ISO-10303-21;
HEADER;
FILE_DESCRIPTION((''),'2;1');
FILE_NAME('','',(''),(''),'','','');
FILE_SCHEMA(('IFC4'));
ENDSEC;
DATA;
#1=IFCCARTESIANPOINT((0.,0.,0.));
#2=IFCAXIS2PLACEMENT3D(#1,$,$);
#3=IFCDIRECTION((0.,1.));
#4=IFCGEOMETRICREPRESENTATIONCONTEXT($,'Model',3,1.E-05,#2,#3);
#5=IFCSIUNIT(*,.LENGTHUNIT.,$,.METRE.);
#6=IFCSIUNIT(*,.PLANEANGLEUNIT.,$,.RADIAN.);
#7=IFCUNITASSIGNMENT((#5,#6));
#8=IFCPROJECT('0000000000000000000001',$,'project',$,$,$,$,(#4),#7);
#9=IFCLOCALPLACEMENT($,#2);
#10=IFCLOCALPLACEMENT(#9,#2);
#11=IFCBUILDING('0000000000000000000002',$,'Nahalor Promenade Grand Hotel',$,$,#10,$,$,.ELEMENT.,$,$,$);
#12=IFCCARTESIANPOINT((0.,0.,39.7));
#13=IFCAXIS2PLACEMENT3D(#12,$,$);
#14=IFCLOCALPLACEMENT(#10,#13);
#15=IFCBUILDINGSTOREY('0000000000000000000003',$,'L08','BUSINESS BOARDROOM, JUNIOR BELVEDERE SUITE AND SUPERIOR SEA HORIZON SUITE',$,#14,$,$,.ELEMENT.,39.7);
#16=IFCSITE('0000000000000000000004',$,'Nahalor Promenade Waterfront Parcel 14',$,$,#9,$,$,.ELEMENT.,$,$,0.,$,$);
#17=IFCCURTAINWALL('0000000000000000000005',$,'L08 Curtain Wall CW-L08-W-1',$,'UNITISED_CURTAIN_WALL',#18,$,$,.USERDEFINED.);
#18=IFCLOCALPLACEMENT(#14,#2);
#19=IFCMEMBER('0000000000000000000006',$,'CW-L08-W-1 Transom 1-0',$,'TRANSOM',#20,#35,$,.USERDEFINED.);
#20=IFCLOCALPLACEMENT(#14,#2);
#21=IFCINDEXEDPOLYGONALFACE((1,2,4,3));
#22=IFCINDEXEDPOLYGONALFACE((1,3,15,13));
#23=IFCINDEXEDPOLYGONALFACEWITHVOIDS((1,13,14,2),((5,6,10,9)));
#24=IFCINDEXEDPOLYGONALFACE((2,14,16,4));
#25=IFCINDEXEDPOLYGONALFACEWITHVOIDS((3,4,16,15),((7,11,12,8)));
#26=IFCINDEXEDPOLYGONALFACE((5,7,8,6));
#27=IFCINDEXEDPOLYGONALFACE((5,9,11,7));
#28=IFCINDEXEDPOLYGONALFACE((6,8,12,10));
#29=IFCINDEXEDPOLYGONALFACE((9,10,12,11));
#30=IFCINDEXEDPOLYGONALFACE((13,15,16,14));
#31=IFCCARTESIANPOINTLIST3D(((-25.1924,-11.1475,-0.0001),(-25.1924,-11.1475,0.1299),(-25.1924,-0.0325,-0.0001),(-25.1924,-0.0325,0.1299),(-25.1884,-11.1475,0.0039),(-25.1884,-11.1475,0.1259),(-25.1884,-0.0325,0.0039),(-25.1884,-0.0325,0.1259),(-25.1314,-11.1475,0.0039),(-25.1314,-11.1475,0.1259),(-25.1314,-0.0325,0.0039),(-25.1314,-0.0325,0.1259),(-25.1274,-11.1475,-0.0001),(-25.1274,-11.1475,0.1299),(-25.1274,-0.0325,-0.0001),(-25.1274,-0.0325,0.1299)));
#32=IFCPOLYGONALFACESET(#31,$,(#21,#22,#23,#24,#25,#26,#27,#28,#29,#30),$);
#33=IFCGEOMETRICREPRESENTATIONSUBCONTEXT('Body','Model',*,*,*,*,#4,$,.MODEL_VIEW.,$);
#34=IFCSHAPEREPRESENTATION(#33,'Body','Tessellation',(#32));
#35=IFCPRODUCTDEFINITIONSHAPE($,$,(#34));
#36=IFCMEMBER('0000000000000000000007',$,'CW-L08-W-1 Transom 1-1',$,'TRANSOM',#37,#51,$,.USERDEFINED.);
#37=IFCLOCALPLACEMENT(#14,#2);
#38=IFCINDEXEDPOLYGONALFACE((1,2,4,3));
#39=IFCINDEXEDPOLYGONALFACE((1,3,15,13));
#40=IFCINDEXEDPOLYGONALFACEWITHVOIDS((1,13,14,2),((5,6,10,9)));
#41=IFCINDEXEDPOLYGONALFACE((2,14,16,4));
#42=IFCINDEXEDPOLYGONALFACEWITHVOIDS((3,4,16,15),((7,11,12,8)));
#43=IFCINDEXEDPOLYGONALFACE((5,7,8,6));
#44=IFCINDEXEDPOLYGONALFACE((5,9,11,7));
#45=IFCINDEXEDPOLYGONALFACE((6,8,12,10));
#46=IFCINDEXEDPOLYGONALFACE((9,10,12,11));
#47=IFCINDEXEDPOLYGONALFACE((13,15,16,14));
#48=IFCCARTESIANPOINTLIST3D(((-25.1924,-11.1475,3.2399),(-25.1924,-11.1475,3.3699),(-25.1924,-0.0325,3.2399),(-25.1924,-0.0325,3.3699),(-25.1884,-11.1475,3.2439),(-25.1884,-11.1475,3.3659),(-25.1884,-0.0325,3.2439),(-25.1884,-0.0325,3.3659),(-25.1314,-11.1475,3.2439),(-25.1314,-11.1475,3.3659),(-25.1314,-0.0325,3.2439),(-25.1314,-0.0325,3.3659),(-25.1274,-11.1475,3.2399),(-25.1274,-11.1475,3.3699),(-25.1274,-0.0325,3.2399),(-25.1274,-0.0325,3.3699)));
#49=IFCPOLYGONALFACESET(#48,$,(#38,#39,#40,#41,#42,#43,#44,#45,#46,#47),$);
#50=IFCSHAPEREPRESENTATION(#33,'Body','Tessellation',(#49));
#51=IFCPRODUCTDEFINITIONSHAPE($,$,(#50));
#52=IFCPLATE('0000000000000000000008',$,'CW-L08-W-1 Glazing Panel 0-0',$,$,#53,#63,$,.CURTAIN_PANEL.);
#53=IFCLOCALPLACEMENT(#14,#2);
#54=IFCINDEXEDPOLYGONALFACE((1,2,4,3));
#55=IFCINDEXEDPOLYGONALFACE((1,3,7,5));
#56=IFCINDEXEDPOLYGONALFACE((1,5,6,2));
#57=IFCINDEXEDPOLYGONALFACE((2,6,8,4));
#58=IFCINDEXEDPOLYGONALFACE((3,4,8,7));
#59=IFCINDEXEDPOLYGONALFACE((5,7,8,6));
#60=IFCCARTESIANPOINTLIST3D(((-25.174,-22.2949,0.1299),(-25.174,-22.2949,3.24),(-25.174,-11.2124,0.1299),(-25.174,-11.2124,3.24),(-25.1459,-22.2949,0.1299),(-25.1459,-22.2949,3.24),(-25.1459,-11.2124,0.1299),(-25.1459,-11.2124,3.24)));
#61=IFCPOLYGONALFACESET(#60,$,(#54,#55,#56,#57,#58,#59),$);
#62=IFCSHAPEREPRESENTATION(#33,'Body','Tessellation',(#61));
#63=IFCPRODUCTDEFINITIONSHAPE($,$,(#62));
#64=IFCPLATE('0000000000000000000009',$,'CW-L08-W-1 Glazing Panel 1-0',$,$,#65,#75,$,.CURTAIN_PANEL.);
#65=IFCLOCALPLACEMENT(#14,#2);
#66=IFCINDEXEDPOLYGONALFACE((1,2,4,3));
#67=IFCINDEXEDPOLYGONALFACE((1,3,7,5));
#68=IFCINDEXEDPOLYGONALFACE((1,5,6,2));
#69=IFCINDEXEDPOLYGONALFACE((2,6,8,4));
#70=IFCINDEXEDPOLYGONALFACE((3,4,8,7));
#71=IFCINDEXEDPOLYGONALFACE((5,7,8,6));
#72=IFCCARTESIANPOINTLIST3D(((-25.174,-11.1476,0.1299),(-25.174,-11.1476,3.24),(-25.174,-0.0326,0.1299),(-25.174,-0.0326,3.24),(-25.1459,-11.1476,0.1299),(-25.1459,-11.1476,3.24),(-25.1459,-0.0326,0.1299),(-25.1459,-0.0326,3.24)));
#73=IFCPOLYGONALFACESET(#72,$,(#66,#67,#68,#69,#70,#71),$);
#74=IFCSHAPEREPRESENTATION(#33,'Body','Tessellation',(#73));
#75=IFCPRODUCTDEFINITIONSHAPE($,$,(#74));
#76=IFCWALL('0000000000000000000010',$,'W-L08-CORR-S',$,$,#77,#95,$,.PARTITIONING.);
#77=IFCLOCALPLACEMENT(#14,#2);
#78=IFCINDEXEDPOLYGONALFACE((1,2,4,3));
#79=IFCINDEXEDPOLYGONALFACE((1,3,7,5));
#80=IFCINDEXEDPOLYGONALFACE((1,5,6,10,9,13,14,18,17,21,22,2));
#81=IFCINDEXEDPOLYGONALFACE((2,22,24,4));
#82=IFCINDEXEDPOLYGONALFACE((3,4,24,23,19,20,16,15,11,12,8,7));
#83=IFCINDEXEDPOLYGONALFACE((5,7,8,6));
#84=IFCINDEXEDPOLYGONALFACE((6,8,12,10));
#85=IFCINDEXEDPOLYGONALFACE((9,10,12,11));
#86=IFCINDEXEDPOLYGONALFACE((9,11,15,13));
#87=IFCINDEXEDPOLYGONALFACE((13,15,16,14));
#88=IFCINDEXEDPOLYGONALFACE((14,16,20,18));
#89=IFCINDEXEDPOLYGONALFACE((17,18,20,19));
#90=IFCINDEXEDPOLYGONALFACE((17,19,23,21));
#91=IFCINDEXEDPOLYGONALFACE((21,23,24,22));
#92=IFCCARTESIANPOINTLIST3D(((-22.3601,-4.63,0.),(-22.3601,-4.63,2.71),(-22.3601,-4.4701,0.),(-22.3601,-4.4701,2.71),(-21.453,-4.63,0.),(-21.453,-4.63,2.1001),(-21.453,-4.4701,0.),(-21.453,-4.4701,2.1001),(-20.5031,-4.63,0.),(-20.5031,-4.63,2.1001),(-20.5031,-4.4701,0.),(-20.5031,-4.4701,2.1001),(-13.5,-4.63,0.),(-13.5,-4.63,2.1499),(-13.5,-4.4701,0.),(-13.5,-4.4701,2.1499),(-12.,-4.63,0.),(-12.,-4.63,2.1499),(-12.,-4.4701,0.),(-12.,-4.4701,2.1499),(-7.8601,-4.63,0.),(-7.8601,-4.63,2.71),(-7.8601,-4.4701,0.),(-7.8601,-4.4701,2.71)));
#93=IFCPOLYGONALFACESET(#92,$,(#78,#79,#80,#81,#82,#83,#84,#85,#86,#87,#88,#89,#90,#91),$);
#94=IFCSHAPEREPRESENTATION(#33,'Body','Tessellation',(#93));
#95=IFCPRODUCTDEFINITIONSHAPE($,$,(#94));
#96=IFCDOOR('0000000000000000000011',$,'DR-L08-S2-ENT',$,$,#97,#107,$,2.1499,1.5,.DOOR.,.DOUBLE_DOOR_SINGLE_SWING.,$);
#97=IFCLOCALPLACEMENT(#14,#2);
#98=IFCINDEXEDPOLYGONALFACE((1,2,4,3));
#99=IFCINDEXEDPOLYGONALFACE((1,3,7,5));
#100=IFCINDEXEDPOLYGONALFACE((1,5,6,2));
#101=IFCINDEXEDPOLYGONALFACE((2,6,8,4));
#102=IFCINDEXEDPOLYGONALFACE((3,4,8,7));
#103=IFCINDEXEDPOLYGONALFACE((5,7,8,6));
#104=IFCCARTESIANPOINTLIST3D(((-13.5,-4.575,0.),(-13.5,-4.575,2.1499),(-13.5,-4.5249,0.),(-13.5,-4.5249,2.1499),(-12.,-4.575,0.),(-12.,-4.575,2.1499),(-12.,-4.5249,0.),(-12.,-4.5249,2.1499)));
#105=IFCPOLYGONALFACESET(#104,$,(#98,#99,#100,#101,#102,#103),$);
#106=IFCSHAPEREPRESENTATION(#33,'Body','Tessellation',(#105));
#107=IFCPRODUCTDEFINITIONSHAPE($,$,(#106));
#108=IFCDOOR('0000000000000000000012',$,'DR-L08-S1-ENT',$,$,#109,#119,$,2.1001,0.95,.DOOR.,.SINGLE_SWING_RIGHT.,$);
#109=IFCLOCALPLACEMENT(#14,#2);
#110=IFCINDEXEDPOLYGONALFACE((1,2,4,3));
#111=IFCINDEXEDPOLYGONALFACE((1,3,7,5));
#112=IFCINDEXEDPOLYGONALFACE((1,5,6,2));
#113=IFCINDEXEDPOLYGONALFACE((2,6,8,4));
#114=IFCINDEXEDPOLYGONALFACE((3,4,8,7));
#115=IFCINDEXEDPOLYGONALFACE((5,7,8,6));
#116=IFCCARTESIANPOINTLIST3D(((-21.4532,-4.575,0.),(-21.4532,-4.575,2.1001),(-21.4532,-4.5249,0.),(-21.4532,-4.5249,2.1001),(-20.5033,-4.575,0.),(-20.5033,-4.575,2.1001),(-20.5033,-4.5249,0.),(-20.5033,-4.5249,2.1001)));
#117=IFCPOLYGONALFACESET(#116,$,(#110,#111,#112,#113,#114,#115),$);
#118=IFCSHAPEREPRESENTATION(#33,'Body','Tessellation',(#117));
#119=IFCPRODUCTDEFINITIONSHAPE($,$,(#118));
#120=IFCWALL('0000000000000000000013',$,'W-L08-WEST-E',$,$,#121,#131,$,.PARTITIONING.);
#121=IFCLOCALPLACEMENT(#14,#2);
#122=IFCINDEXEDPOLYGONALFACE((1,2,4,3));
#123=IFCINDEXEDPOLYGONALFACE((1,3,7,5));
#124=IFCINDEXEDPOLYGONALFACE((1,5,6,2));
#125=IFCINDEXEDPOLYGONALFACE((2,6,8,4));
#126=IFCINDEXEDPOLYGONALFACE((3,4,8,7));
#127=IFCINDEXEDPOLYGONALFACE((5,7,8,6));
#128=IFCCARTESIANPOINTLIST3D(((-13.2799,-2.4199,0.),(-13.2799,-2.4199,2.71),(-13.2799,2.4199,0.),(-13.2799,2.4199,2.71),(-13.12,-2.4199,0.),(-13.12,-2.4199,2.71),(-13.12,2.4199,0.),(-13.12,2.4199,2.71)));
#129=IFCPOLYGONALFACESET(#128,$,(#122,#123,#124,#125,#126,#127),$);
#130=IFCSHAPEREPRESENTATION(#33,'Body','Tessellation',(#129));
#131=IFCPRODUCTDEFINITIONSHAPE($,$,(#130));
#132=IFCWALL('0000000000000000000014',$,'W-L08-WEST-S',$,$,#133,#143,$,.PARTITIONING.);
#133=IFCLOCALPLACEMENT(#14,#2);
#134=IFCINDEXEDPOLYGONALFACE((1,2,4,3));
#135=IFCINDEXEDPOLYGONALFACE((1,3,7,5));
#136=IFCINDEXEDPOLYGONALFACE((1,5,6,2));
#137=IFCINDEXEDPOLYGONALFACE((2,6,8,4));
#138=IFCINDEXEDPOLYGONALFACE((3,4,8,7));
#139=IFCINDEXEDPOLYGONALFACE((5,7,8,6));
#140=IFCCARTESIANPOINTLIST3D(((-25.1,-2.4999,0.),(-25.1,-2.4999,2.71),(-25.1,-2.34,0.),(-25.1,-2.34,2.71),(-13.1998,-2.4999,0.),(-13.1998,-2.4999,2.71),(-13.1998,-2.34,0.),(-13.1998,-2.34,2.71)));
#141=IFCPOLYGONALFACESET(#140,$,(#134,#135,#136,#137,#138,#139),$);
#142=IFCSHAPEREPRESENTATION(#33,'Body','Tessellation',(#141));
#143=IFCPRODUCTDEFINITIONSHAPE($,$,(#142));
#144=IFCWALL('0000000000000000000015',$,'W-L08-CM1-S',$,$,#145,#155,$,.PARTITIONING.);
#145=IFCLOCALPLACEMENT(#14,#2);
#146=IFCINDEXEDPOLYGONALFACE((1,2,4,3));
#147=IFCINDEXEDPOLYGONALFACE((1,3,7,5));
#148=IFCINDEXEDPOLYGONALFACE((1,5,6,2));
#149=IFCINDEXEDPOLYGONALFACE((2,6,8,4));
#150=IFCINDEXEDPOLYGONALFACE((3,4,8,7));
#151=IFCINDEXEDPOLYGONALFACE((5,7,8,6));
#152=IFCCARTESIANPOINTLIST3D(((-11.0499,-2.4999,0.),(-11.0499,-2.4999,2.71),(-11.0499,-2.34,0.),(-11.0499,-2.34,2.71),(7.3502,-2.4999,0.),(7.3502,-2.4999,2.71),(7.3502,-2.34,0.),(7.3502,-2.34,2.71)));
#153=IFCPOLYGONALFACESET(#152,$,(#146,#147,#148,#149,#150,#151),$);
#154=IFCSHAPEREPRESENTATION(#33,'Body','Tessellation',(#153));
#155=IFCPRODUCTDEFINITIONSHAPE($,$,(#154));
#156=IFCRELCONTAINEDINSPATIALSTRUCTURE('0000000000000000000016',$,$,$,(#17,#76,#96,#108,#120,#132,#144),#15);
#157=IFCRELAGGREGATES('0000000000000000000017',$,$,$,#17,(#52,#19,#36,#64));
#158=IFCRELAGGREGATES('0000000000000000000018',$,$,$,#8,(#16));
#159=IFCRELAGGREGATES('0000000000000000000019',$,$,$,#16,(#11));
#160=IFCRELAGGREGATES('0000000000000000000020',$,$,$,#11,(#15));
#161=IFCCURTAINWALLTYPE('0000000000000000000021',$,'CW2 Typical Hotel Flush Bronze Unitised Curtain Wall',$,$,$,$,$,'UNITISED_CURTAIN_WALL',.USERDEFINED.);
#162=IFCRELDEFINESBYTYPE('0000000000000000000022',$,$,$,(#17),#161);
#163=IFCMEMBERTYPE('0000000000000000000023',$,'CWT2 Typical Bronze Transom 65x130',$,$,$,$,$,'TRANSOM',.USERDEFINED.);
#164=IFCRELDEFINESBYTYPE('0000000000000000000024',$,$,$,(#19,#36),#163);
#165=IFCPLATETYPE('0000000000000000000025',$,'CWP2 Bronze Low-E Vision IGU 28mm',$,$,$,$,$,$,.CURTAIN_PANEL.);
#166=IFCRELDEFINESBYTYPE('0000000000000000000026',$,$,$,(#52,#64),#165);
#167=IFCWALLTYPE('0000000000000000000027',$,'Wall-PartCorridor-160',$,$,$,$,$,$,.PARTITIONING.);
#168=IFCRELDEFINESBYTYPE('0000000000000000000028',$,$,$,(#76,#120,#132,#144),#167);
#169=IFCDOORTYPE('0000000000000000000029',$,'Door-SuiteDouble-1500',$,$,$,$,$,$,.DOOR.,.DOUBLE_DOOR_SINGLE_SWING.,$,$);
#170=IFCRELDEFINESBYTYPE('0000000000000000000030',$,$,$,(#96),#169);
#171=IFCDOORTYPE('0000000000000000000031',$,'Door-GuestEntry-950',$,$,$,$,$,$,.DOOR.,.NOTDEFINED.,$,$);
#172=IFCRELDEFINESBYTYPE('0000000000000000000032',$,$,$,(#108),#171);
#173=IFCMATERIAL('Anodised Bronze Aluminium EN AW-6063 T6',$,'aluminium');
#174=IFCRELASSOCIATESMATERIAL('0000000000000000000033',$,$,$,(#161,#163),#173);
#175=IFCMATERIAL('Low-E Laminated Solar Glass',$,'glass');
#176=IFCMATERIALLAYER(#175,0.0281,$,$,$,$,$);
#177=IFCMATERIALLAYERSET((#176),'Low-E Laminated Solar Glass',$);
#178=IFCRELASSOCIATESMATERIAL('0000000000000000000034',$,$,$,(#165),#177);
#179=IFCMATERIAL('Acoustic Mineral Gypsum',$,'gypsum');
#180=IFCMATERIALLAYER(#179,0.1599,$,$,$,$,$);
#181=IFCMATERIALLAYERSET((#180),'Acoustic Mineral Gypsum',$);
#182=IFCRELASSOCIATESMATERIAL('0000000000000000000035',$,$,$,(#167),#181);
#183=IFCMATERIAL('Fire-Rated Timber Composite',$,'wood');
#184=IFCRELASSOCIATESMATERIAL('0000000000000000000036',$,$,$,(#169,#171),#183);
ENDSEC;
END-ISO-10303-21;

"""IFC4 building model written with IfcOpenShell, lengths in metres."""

from ifc_helpers import new_model, si_unit, direction, frame, frame_2d, origin, origin_2d, place, context, subcontext, project, spatial, rectangle, hollow_rectangle, extrude, source, transform, mapped, material, layer, layer_set, material_profile, profile_set, type_object, element, fill, aggregate, save


model = new_model("IFC4")

# Units and contexts
model_context = context("Model", 3, precision=1e-05, world=origin(), true_north=direction((0.0, 1.0)))
body_context = subcontext(model_context, "Body", "Model", "MODEL_VIEW")
ifc_project = project(units=[si_unit("LENGTHUNIT", "METRE"), si_unit("PLANEANGLEUNIT", "RADIAN")], contexts=[model_context])

# Site, building, storey
site_placement = place(None, origin())
site = spatial("IfcSite", under=ifc_project, at=site_placement, Name="Nahalor Promenade Waterfront Parcel 14", CompositionType="ELEMENT", RefElevation=0.0)
building_placement = place(site_placement, origin())
building = spatial("IfcBuilding", under=site, at=building_placement, Name="Nahalor Promenade Grand Hotel", CompositionType="ELEMENT")
storey_placement = place(building_placement, frame((0.0, 0.0, 39.7)))
storey = spatial("IfcBuildingStorey", under=building, at=storey_placement, Name="L08", Description="BUSINESS BOARDROOM, JUNIOR BELVEDERE SUITE AND SUPERIOR SEA HORIZON SUITE", CompositionType="ELEMENT", Elevation=39.7)

# Curtain wall, members, plates
ifc_material_1 = material(Name="Anodised Bronze Aluminium EN AW-6063 T6", Category="aluminium")
curtain_wall_type = type_object("IfcCurtainWallType", Name="CW2 Typical Hotel Flush Bronze Unitised Curtain Wall", ElementType="UNITISED_CURTAIN_WALL", PredefinedType="USERDEFINED", material=ifc_material_1)
curtain_wall_placement = place(storey_placement, origin())
curtain_wall = element("IfcCurtainWall", 1, at=curtain_wall_placement, inside=storey, type_object=curtain_wall_type, Name="L08 Curtain Wall CW-L08-W-1", ObjectType="UNITISED_CURTAIN_WALL", PredefinedType="USERDEFINED")
ifc_material_profile_1 = material_profile(ifc_material_1, hollow_rectangle(XDim=0.065, YDim=0.13, WallThickness=0.004, at=origin_2d()), Name="CWT 65x130x4")
ifc_profile_set_1 = profile_set([ifc_material_profile_1], Name="Anodised Bronze Aluminium EN AW-6063 T6")
member_type_1 = type_object("IfcMemberType", Name="CWT2 Typical Bronze Transom 65x130", ElementType="TRANSOM", PredefinedType="USERDEFINED", material=ifc_profile_set_1)
shared_shape_1 = source(origin(), body_context, "Body", "SweptSolid", [
    extrude(hollow_rectangle(XDim=0.065, YDim=0.13, WallThickness=0.004, at=origin_2d()), origin(), (0.0, 0.0, 1.0), 11.115),
])
member_1_placement = place(storey_placement, frame((-25.1599, -11.1475, 0.0649), z_axis=(0.0, 1.0, 0.0), x_axis=(-1.0, 0.0, 0.0)))
member_1 = element("IfcMember", 2, at=member_1_placement, type_object=member_type_1, Name="CW-L08-W-1 Transom 1-0", ObjectType="TRANSOM", PredefinedType="USERDEFINED", context=body_context, shape_type="MappedRepresentation", body=[
    mapped(shared_shape_1, transform((0.0, 0.0, 0.0), scale=1.0)),
])
member_2_placement = place(storey_placement, frame((-25.1599, -11.1475, 3.3049), z_axis=(0.0, 1.0, 0.0), x_axis=(-1.0, 0.0, 0.0)))
member_2 = element("IfcMember", 3, at=member_2_placement, type_object=member_type_1, Name="CW-L08-W-1 Transom 1-1", ObjectType="TRANSOM", PredefinedType="USERDEFINED", context=body_context, shape_type="MappedRepresentation", body=[
    mapped(shared_shape_1, transform((0.0, 0.0, 0.0), scale=1.0)),
])
ifc_material_2 = material(Name="Low-E Laminated Solar Glass", Category="glass")
ifc_layer_1 = layer(ifc_material_2, 0.0281)
ifc_layer_set_1 = layer_set([ifc_layer_1], Name="Low-E Laminated Solar Glass")
plate_type = type_object("IfcPlateType", Name="CWP2 Bronze Low-E Vision IGU 28mm", PredefinedType="CURTAIN_PANEL", material=ifc_layer_set_1)
shared_shape_2 = source(origin(), body_context, "Body", "SweptSolid", [
    extrude(rectangle(XDim=11.0825, YDim=0.0281, at=origin_2d()), origin(), (0.0, 0.0, 1.0), 3.1101),
])
plate_1_placement = place(storey_placement, frame((-25.1599, -16.7537, 0.1299), z_axis=(0.0, 0.0, 1.0), x_axis=(0.0, 1.0, 0.0)))
plate_1 = element("IfcPlate", 4, at=plate_1_placement, type_object=plate_type, Name="CW-L08-W-1 Glazing Panel 0-0", PredefinedType="CURTAIN_PANEL", context=body_context, shape_type="MappedRepresentation", body=[
    mapped(shared_shape_2, transform((0.0, 0.0, 0.0), scale=1.0)),
])
shared_shape_3 = source(origin(), body_context, "Body", "SweptSolid", [
    extrude(rectangle(XDim=11.115, YDim=0.0281, at=origin_2d()), origin(), (0.0, 0.0, 1.0), 3.1101),
])
plate_2_placement = place(storey_placement, frame((-25.1599, -5.5901, 0.1299), z_axis=(0.0, 0.0, 1.0), x_axis=(0.0, 1.0, 0.0)))
plate_2 = element("IfcPlate", 5, at=plate_2_placement, type_object=plate_type, Name="CW-L08-W-1 Glazing Panel 1-0", PredefinedType="CURTAIN_PANEL", context=body_context, shape_type="MappedRepresentation", body=[
    mapped(shared_shape_3, transform((0.0, 0.0, 0.0), scale=1.0)),
])
aggregate(curtain_wall, [plate_1, member_1, member_2, plate_2])

# Wall, openings, doors
ifc_material_3 = material(Name="Acoustic Mineral Gypsum", Category="gypsum")
ifc_layer_2 = layer(ifc_material_3, 0.1599)
ifc_layer_set_2 = layer_set([ifc_layer_2], Name="Acoustic Mineral Gypsum")
wall_type = type_object("IfcWallType", Name="Wall-PartCorridor-160", PredefinedType="PARTITIONING", material=ifc_layer_set_2)
shared_shape_4 = source(origin(), body_context, "Body", "SweptSolid", [
    extrude(rectangle(XDim=14.5, YDim=0.1599, at=frame_2d((7.25, 0.0))), origin(), (0.0, 0.0, 1.0), 2.71),
])
wall_1_placement = place(storey_placement, frame((-22.3601, -4.55, 0.0), z_axis=(0.0, 0.0, 1.0), x_axis=(1.0, 0.0, 0.0)))
wall_1 = element("IfcWall", 6, at=wall_1_placement, inside=storey, type_object=wall_type, Name="W-L08-CORR-S", PredefinedType="PARTITIONING", context=body_context, shape_type="MappedRepresentation", body=[
    mapped(shared_shape_4, transform((0.0, 0.0, 0.0), scale=1.0)),
])
opening_1_placement = place(wall_1_placement, frame((0.907, 0.0, 0.0)))
opening_1 = element("IfcOpeningElement", 7, at=opening_1_placement, cuts=wall_1, PredefinedType="OPENING", context=body_context, shape_type="SweptSolid", body=[
    extrude(rectangle(XDim=0.95, YDim=2.1001, at=frame_2d((0.4751, 1.05))), frame((0.0, 0.0898, 0.0), z_axis=(0.0, -1.0, 0.0), x_axis=(1.0, 0.0, 0.0)), (0.0, 0.0, 1.0), 0.1799),
])
opening_2_placement = place(wall_1_placement, frame((8.8601, 0.0, 0.0)))
opening_2 = element("IfcOpeningElement", 8, at=opening_2_placement, cuts=wall_1, PredefinedType="OPENING", context=body_context, shape_type="SweptSolid", body=[
    extrude(rectangle(XDim=1.5, YDim=2.1499, at=frame_2d((0.75, 1.075))), frame((0.0, 0.0898, 0.0), z_axis=(0.0, -1.0, 0.0), x_axis=(1.0, 0.0, 0.0)), (0.0, 0.0, 1.0), 0.1799),
])
ifc_material_4 = material(Name="Fire-Rated Timber Composite", Category="wood")
door_type_1 = type_object("IfcDoorType", Name="Door-SuiteDouble-1500", OperationType="DOUBLE_DOOR_SINGLE_SWING", PredefinedType="DOOR", material=ifc_material_4)
shared_shape_5 = source(origin(), body_context, "Body", "SweptSolid", [
    extrude(rectangle(XDim=1.5, YDim=2.1499, at=frame_2d((0.75, 1.075))), frame((0.0, 0.0249, 0.0), z_axis=(0.0, -1.0, 0.0), x_axis=(1.0, 0.0, 0.0)), (0.0, 0.0, 1.0), 0.05),
])
door_1_placement = place(opening_2_placement, frame((1.5, 0.0, 0.0), z_axis=(0.0, 0.0, 1.0), x_axis=(-1.0, 0.0, 0.0)))
door_1 = element("IfcDoor", 9, at=door_1_placement, inside=storey, type_object=door_type_1, Name="DR-L08-S2-ENT", OperationType="DOUBLE_DOOR_SINGLE_SWING", OverallHeight=2.1499, OverallWidth=1.5, PredefinedType="DOOR", context=body_context, shape_type="MappedRepresentation", body=[
    mapped(shared_shape_5, transform((0.0, 0.0, 0.0), scale=1.0)),
])
fill(opening_2, door_1)
door_type_2 = type_object("IfcDoorType", Name="Door-GuestEntry-950", OperationType="NOTDEFINED", PredefinedType="DOOR", material=ifc_material_4)
shared_shape_6 = source(origin(), body_context, "Body", "SweptSolid", [
    extrude(rectangle(XDim=0.95, YDim=2.1001, at=frame_2d((0.4751, 1.05))), frame((0.0, 0.0249, 0.0), z_axis=(0.0, -1.0, 0.0), x_axis=(1.0, 0.0, 0.0)), (0.0, 0.0, 1.0), 0.05),
])
door_2_placement = place(opening_1_placement, frame((0.95, 0.0, 0.0), z_axis=(0.0, 0.0, 1.0), x_axis=(-1.0, 0.0, 0.0)))
door_2 = element("IfcDoor", 10, at=door_2_placement, inside=storey, type_object=door_type_2, Name="DR-L08-S1-ENT", OperationType="SINGLE_SWING_RIGHT", OverallHeight=2.1001, OverallWidth=0.95, PredefinedType="DOOR", context=body_context, shape_type="MappedRepresentation", body=[
    mapped(shared_shape_6, transform((0.0, 0.0, 0.0), scale=1.0)),
])
fill(opening_1, door_2)

# Walls
shared_shape_7 = source(origin(), body_context, "Body", "SweptSolid", [
    extrude(rectangle(XDim=4.8398, YDim=0.1599, at=frame_2d((2.4199, 0.0))), origin(), (0.0, 0.0, 1.0), 2.71),
])
wall_2_placement = place(storey_placement, frame((-13.2, -2.4199, 0.0), z_axis=(0.0, 0.0, 1.0), x_axis=(0.0, 1.0, 0.0)))
element("IfcWall", 11, at=wall_2_placement, inside=storey, type_object=wall_type, Name="W-L08-WEST-E", PredefinedType="PARTITIONING", context=body_context, shape_type="MappedRepresentation", body=[
    mapped(shared_shape_7, transform((0.0, 0.0, 0.0), scale=1.0)),
])
shared_shape_8 = source(origin(), body_context, "Body", "SweptSolid", [
    extrude(rectangle(XDim=11.9001, YDim=0.1599, at=frame_2d((5.9502, 0.0))), origin(), (0.0, 0.0, 1.0), 2.71),
])
wall_3_placement = place(storey_placement, frame((-25.1001, -2.4199, 0.0), z_axis=(0.0, 0.0, 1.0), x_axis=(1.0, 0.0, 0.0)))
element("IfcWall", 12, at=wall_3_placement, inside=storey, type_object=wall_type, Name="W-L08-WEST-S", PredefinedType="PARTITIONING", context=body_context, shape_type="MappedRepresentation", body=[
    mapped(shared_shape_8, transform((0.0, 0.0, 0.0), scale=1.0)),
])
shared_shape_9 = source(origin(), body_context, "Body", "SweptSolid", [
    extrude(rectangle(XDim=18.4001, YDim=0.1599, at=frame_2d((9.2002, 0.0))), origin(), (0.0, 0.0, 1.0), 2.71),
])
wall_4_placement = place(storey_placement, frame((-11.05, -2.4199, 0.0), z_axis=(0.0, 0.0, 1.0), x_axis=(1.0, 0.0, 0.0)))
element("IfcWall", 13, at=wall_4_placement, inside=storey, type_object=wall_type, Name="W-L08-CM1-S", PredefinedType="PARTITIONING", context=body_context, shape_type="MappedRepresentation", body=[
    mapped(shared_shape_9, transform((0.0, 0.0, 0.0), scale=1.0)),
])

save(model, "model.ifc")
